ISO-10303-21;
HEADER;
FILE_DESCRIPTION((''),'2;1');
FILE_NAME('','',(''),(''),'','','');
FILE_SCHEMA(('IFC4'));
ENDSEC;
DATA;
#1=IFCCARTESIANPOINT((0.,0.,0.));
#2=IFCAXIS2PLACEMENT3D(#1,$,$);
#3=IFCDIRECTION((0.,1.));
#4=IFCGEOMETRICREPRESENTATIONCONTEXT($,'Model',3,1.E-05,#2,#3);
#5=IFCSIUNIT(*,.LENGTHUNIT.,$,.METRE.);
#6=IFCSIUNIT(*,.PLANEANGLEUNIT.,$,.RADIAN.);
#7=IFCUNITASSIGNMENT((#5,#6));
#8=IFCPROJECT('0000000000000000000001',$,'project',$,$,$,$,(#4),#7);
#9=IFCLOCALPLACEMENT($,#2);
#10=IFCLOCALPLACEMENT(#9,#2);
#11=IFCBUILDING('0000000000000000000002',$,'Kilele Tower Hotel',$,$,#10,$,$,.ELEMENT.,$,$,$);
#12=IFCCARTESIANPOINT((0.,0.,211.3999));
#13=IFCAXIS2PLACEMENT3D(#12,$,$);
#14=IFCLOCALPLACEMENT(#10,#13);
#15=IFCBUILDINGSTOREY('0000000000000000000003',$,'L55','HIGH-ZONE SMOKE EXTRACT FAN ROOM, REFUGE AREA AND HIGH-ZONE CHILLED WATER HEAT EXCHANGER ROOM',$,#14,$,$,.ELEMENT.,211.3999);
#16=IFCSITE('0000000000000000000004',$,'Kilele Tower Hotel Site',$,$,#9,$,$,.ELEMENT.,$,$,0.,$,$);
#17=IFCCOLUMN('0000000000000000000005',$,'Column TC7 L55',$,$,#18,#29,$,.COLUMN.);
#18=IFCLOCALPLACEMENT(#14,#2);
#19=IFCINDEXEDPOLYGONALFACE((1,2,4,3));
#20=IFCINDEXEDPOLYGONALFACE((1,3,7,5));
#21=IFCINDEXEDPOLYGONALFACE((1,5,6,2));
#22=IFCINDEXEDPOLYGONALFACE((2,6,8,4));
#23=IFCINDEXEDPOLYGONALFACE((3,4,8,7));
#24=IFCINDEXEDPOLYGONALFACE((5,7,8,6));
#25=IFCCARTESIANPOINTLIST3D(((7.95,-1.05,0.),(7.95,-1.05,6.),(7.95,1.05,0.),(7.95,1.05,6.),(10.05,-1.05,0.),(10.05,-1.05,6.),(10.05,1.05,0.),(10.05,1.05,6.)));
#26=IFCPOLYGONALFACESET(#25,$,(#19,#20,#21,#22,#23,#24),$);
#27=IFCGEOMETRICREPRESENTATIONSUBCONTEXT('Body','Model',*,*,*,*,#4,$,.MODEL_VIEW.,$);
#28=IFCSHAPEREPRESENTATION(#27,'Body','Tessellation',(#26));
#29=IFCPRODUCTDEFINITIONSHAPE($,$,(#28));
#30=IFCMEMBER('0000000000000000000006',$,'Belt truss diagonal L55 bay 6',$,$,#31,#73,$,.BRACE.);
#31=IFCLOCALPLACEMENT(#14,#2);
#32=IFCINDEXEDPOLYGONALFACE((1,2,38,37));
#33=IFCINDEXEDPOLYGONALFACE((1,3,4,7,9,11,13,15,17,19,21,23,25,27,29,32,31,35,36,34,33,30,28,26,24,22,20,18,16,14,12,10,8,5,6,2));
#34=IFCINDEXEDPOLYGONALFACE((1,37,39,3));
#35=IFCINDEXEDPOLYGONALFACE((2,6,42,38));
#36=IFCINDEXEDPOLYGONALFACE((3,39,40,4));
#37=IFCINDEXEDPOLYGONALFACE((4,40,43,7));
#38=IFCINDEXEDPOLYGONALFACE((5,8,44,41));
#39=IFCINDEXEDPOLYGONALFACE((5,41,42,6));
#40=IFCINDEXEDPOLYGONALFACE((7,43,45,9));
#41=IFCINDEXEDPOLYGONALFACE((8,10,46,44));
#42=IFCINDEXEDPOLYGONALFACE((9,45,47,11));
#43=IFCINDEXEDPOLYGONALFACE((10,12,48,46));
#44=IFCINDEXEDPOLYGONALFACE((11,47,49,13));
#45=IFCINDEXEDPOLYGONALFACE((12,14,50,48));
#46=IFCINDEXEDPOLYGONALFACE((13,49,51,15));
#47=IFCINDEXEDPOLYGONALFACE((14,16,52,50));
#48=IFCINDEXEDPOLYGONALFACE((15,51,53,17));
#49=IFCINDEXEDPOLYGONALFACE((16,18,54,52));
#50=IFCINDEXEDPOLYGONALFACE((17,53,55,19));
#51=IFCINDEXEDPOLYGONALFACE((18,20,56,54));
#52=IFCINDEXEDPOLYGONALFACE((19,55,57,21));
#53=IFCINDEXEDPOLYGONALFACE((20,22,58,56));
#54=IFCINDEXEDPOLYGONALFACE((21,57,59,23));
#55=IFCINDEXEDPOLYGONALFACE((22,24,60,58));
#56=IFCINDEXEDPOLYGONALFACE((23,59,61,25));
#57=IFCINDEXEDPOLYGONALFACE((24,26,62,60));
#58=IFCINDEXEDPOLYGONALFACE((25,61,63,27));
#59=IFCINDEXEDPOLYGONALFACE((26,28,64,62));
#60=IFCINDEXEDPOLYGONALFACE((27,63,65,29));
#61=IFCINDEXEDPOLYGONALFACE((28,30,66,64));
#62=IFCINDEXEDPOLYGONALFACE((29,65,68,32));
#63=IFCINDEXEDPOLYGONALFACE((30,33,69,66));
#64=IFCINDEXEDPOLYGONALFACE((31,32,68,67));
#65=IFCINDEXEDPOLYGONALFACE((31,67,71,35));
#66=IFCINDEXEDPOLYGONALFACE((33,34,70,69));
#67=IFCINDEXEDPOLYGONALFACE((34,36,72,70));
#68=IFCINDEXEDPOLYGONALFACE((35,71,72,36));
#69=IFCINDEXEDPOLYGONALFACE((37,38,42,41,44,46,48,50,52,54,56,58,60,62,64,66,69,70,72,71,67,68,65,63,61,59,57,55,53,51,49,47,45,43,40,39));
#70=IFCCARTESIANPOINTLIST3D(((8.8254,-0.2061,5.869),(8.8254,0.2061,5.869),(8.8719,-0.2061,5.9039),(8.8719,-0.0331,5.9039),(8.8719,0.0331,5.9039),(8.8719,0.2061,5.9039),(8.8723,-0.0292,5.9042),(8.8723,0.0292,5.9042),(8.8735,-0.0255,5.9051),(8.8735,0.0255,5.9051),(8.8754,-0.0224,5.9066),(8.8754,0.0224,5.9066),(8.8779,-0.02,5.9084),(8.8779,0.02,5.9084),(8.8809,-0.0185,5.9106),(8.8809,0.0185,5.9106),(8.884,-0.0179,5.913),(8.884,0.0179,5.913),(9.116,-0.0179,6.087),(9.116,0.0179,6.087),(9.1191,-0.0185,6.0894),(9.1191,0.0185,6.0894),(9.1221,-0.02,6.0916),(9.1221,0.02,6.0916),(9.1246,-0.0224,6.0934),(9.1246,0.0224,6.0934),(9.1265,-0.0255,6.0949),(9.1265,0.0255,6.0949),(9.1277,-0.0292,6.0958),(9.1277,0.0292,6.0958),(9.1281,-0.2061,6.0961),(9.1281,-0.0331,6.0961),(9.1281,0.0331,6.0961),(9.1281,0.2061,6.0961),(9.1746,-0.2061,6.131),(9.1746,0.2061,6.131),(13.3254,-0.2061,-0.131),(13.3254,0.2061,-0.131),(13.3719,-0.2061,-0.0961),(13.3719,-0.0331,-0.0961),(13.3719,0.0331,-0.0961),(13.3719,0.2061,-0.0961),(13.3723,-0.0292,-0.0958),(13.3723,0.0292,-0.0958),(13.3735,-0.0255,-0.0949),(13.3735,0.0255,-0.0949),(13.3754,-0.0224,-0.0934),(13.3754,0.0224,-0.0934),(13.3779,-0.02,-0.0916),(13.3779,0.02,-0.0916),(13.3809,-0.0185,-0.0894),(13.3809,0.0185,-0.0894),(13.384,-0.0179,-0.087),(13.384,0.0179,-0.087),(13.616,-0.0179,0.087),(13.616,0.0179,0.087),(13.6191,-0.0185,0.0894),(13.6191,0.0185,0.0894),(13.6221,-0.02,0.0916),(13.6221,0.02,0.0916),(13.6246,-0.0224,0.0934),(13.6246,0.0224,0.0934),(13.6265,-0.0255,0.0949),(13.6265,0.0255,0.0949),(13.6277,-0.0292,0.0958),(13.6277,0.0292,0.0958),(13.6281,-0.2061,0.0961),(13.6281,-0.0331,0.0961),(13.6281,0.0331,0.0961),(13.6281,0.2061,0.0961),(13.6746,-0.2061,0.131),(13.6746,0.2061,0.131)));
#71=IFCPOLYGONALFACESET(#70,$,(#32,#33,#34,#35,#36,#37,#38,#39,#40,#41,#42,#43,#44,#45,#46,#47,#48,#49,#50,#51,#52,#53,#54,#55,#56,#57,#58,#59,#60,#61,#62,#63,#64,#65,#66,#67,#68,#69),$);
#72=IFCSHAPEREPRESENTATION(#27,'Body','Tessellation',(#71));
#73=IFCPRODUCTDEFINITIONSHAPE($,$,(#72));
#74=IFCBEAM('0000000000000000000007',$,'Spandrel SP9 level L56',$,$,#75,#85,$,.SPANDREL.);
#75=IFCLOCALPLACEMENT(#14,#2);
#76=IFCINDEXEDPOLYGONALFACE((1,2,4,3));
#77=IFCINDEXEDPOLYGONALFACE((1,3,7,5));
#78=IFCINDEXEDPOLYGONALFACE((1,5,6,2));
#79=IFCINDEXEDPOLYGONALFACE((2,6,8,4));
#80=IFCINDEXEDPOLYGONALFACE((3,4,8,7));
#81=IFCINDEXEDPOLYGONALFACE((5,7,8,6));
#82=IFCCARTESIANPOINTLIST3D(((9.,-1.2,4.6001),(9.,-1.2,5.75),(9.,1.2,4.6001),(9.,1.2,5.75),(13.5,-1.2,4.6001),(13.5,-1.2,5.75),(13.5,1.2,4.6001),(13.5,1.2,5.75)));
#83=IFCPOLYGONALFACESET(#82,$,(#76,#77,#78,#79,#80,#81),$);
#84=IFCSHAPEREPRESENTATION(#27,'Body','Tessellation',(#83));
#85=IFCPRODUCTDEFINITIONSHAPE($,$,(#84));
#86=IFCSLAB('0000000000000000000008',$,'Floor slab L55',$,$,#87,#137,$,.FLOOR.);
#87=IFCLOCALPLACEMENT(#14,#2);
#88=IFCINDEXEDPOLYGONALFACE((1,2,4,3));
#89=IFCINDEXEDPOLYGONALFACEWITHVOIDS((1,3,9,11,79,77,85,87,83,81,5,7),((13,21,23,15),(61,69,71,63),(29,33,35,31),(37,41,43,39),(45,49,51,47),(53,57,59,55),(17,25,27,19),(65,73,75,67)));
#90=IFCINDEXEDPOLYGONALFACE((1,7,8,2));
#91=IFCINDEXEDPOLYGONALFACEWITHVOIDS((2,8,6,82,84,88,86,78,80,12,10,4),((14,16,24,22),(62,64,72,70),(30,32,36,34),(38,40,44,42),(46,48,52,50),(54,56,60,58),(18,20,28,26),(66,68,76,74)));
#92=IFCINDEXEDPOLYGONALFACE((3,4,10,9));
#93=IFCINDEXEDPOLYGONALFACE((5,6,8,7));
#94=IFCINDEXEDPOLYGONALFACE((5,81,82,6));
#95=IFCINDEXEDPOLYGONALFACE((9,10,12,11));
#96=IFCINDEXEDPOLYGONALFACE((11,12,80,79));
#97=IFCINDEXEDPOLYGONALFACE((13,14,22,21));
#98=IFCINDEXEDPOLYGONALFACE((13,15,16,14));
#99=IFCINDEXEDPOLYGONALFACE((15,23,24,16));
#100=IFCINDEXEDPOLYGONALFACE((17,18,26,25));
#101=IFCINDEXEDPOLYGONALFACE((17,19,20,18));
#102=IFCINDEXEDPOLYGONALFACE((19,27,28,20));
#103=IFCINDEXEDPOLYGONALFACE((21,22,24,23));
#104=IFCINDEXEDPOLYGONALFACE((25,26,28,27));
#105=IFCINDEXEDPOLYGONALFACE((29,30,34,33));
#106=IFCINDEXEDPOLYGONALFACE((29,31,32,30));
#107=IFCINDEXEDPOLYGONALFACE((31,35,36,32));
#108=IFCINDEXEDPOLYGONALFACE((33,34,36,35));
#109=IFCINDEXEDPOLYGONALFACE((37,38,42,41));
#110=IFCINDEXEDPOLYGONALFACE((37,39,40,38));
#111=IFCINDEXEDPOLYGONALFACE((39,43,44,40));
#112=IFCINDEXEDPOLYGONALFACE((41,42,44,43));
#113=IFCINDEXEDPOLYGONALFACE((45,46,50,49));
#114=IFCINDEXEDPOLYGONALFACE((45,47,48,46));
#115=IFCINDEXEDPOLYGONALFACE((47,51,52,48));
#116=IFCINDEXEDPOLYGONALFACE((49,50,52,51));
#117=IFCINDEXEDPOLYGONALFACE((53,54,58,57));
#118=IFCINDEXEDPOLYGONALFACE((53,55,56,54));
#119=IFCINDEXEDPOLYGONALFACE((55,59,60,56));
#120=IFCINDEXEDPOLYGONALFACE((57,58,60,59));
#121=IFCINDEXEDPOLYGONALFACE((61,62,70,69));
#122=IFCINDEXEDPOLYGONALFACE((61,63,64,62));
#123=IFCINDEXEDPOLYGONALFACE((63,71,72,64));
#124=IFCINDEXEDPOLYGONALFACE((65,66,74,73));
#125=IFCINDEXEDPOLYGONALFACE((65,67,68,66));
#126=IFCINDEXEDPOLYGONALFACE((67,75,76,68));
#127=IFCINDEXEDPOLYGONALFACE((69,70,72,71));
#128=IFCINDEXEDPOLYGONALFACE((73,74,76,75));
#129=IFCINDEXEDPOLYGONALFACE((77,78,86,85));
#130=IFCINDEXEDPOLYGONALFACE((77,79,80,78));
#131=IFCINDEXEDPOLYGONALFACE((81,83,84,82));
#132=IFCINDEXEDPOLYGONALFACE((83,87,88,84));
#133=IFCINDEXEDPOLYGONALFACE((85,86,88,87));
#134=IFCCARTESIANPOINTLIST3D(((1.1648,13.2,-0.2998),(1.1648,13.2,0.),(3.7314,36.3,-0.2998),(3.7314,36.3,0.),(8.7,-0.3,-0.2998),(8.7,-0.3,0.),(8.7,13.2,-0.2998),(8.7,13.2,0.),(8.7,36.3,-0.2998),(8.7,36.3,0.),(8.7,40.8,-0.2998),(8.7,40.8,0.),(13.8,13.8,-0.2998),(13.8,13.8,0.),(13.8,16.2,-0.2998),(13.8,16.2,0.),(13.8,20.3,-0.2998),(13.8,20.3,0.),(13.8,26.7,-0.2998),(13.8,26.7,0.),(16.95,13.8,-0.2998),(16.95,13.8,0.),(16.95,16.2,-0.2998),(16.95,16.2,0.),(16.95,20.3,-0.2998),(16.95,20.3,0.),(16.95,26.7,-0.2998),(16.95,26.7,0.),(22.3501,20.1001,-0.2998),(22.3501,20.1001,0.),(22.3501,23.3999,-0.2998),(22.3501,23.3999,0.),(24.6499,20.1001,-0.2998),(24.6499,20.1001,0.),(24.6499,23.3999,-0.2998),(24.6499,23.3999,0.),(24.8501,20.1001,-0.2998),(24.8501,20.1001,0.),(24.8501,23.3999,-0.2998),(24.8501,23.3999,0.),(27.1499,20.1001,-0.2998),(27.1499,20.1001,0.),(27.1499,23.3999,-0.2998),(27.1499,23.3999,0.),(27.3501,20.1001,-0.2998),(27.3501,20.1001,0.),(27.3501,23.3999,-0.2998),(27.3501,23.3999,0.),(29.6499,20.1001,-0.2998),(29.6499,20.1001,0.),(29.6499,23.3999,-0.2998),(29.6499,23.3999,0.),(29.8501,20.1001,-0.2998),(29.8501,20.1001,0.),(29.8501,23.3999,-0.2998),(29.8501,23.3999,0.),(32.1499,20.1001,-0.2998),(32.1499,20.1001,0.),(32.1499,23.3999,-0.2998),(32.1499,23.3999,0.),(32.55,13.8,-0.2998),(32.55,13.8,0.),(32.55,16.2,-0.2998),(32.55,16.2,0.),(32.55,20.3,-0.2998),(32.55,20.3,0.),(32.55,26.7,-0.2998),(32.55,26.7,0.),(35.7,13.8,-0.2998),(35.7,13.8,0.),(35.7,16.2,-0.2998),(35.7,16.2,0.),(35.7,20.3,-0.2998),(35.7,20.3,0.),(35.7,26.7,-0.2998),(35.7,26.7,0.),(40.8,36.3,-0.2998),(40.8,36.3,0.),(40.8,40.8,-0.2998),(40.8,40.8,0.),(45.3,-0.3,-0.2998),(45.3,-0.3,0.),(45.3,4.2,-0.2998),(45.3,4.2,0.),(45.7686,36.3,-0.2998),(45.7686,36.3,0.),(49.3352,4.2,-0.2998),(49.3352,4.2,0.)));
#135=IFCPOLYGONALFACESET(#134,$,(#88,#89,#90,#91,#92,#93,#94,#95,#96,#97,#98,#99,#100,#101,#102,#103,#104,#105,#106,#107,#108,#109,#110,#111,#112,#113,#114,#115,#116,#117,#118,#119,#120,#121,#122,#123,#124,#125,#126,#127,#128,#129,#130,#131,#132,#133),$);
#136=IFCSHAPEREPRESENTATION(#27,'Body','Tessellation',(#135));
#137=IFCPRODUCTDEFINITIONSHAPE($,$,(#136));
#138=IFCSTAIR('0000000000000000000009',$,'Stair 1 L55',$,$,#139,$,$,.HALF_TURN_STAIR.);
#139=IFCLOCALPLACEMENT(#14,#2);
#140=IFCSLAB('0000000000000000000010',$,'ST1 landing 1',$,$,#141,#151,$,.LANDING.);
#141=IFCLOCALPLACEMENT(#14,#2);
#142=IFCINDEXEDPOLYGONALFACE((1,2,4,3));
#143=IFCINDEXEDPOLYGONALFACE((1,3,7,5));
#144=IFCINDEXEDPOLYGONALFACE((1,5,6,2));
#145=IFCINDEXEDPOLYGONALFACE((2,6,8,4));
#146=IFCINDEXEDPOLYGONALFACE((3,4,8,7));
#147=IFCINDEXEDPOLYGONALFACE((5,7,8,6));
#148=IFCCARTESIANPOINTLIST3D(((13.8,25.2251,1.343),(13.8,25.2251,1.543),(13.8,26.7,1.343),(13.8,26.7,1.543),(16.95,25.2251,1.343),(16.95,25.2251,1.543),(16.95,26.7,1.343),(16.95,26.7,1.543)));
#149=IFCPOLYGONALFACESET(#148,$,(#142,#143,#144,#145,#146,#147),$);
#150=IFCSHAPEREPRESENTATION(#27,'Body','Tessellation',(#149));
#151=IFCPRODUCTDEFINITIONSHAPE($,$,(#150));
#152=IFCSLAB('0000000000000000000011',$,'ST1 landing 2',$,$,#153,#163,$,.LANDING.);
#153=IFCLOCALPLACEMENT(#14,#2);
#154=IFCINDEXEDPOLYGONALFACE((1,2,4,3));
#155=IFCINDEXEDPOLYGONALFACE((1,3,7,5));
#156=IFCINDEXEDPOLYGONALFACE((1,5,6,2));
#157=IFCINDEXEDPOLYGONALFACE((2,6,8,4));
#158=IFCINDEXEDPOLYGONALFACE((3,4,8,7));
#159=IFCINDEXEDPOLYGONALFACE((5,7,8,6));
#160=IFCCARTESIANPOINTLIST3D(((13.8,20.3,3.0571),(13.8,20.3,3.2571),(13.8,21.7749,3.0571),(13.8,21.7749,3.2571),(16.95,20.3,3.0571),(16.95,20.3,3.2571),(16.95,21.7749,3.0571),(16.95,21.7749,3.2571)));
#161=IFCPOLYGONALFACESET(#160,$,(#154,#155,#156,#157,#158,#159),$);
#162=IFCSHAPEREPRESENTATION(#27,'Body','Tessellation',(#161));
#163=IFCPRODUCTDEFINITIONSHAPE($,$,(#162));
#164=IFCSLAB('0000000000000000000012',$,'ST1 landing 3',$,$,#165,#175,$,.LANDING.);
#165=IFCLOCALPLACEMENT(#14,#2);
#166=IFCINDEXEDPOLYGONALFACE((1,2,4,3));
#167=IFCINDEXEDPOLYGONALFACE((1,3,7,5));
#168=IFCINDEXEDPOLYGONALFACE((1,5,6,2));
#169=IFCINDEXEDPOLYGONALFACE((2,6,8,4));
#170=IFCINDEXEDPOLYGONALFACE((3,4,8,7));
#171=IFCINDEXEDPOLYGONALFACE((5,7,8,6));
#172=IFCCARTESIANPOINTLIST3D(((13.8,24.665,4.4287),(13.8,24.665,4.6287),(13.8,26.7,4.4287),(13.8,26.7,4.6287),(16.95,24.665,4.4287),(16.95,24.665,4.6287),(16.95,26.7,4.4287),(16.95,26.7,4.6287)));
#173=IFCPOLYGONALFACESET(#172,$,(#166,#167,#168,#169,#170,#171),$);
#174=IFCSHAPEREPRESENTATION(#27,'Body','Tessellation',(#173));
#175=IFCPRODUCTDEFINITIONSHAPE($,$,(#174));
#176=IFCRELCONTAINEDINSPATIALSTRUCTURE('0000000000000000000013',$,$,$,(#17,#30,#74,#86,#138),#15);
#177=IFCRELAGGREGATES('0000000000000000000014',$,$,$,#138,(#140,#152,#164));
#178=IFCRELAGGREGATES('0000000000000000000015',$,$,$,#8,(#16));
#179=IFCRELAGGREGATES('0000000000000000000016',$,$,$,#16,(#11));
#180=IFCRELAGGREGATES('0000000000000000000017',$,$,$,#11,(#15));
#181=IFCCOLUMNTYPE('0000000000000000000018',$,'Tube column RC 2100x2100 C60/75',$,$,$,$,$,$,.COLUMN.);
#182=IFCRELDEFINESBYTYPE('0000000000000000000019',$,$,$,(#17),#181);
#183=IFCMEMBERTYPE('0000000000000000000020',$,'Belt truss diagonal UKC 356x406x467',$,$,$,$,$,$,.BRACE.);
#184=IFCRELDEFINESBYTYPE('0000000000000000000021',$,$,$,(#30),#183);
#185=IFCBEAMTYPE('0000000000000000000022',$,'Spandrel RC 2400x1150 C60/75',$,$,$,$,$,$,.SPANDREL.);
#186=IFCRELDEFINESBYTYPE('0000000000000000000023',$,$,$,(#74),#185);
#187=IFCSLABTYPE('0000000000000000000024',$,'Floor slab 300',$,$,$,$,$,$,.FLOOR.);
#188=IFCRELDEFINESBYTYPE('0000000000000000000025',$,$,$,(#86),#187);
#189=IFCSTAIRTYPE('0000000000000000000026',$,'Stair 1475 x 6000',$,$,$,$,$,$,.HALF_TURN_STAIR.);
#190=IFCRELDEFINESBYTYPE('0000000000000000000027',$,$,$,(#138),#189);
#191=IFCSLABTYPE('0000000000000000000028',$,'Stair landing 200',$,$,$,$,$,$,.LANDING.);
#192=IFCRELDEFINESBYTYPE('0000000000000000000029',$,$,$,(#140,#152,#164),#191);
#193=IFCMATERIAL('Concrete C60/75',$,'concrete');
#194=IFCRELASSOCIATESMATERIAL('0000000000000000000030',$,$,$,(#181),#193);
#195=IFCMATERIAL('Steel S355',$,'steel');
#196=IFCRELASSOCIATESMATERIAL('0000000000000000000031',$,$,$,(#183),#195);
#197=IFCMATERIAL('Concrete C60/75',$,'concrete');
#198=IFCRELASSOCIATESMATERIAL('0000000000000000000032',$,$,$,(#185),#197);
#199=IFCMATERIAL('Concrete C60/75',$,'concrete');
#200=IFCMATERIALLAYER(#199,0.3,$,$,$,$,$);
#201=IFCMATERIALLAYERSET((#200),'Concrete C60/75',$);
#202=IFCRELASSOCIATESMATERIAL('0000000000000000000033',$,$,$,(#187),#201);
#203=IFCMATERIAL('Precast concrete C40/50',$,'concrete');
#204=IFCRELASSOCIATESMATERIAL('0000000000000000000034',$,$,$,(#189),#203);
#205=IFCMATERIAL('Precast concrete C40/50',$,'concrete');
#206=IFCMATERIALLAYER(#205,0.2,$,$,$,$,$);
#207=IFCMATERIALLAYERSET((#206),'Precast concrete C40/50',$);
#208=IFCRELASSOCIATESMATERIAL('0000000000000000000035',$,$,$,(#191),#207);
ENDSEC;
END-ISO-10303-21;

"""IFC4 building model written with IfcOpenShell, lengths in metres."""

from ifc_helpers import new_model, si_unit, direction, frame, origin, origin_2d, place, context, subcontext, project, spatial, polyline, rectangle, i_section, outline, extrude, material, layer, layer_set, material_profile, profile_set, type_object, element, aggregate, save


model = new_model("IFC4")

# Units and contexts
model_context = context("Model", 3, precision=1e-05, world=origin(), true_north=direction((0.0, 1.0)))
body_context = subcontext(model_context, "Body", "Model", "MODEL_VIEW")
ifc_project = project(units=[si_unit("LENGTHUNIT", "METRE"), si_unit("PLANEANGLEUNIT", "RADIAN")], contexts=[model_context])

# Site, building, storey
site_placement = place(None, origin())
site = spatial("IfcSite", under=ifc_project, at=site_placement, Name="Kilele Tower Hotel Site", CompositionType="ELEMENT", RefElevation=0.0)
building_placement = place(site_placement, origin())
building = spatial("IfcBuilding", under=site, at=building_placement, Name="Kilele Tower Hotel", CompositionType="ELEMENT")
storey_placement = place(building_placement, frame((0.0, 0.0, 211.3999)))
storey = spatial("IfcBuildingStorey", under=building, at=storey_placement, Name="L55", Description="HIGH-ZONE SMOKE EXTRACT FAN ROOM, REFUGE AREA AND HIGH-ZONE CHILLED WATER HEAT EXCHANGER ROOM", CompositionType="ELEMENT", Elevation=211.3999)

# Column
ifc_material_1 = material(Name="Concrete C60/75", Category="concrete")
ifc_material_profile_1 = material_profile(ifc_material_1, rectangle(XDim=2.1001, YDim=2.1001, at=origin_2d()))
ifc_profile_set_1 = profile_set([ifc_material_profile_1], Name="Concrete C60/75")
column_type = type_object("IfcColumnType", Name="Tube column RC 2100x2100 C60/75", PredefinedType="COLUMN", material=ifc_profile_set_1)
column_placement = place(storey_placement, frame((9.0, 0.0, 0.0), z_axis=(0.0, 0.0, 1.0), x_axis=(1.0, 0.0, 0.0)))
element("IfcColumn", 1, at=column_placement, inside=storey, type_object=column_type, Name="Column TC7 L55", PredefinedType="COLUMN", context=body_context, shape_type="SweptSolid", body=[
    extrude(rectangle(XDim=2.1001, YDim=2.1001, at=origin_2d()), origin(), (0.0, 0.0, 1.0), 6.0),
])

# Member
ifc_material_2 = material(Name="Steel S355", Category="steel")
ifc_material_profile_2 = material_profile(ifc_material_2, i_section(OverallWidth=0.4121, OverallDepth=0.4365, WebThickness=0.0359, FlangeThickness=0.0581, FilletRadius=0.0151, at=origin_2d()))
ifc_profile_set_2 = profile_set([ifc_material_profile_2], Name="Steel S355")
member_type = type_object("IfcMemberType", Name="Belt truss diagonal UKC 356x406x467", PredefinedType="BRACE", material=ifc_profile_set_2)
member_placement = place(storey_placement, frame((9.0, 0.0, 6.0), z_axis=(0.6, 0.0, -0.8), x_axis=(0.0, 1.0, 0.0)))
element("IfcMember", 2, at=member_placement, inside=storey, type_object=member_type, Name="Belt truss diagonal L55 bay 6", PredefinedType="BRACE", context=body_context, shape_type="SweptSolid", body=[
    extrude(i_section(OverallWidth=0.4121, OverallDepth=0.4365, WebThickness=0.0359, FlangeThickness=0.0581, FilletRadius=0.0151, at=origin_2d()), origin(), (0.0, 0.0, 1.0), 7.5),
])

# Beam
ifc_material_3 = material(Name="Concrete C60/75", Category="concrete")
ifc_material_profile_3 = material_profile(ifc_material_3, rectangle(XDim=2.3999, YDim=1.1499, at=origin_2d()))
ifc_profile_set_3 = profile_set([ifc_material_profile_3], Name="Concrete C60/75")
beam_type = type_object("IfcBeamType", Name="Spandrel RC 2400x1150 C60/75", PredefinedType="SPANDREL", material=ifc_profile_set_3)
beam_placement = place(storey_placement, frame((9.0, 0.0, 5.175), z_axis=(1.0, 0.0, 0.0), x_axis=(0.0, 1.0, 0.0)))
element("IfcBeam", 3, at=beam_placement, inside=storey, type_object=beam_type, Name="Spandrel SP9 level L56", PredefinedType="SPANDREL", context=body_context, shape_type="SweptSolid", body=[
    extrude(rectangle(XDim=2.3999, YDim=1.1499, at=origin_2d()), origin(), (0.0, 0.0, 1.0), 4.5),
])

# Slab
ifc_material_4 = material(Name="Concrete C60/75", Category="concrete")
ifc_layer_1 = layer(ifc_material_4, 0.3)
ifc_layer_set_1 = layer_set([ifc_layer_1], Name="Concrete C60/75")
slab_type_1 = type_object("IfcSlabType", Name="Floor slab 300", PredefinedType="FLOOR", material=ifc_layer_set_1)
slab_1_placement = place(storey_placement, frame((0.0, 0.0, -0.2998)))
element("IfcSlab", 4, at=slab_1_placement, inside=storey, type_object=slab_type_1, Name="Floor slab L55", PredefinedType="FLOOR", context=body_context, shape_type="SweptSolid", body=[
    extrude(outline(polyline([(8.7, 36.3), (8.7, 40.8), (40.8, 40.8), (40.8, 36.3), (45.7686, 36.3), (49.3352, 4.2), (45.3, 4.2), (45.3, -0.3), (8.7, -0.3), (8.7, 13.2), (1.1648, 13.2), (3.7314, 36.3), (8.7, 36.3)]), holes=[polyline([(16.95, 16.2), (13.8, 16.2), (13.8, 13.8), (16.95, 13.8), (16.95, 16.2)]), polyline([(35.7, 16.2), (32.55, 16.2), (32.55, 13.8), (35.7, 13.8), (35.7, 16.2)]), polyline([(24.6499, 23.3999), (22.3501, 23.3999), (22.3501, 20.1001), (24.6499, 20.1001), (24.6499, 23.3999)]), polyline([(27.1499, 23.3999), (24.8501, 23.3999), (24.8501, 20.1001), (27.1499, 20.1001), (27.1499, 23.3999)]), polyline([(29.6499, 23.3999), (27.3501, 23.3999), (27.3501, 20.1001), (29.6499, 20.1001), (29.6499, 23.3999)]), polyline([(32.1499, 23.3999), (29.8501, 23.3999), (29.8501, 20.1001), (32.1499, 20.1001), (32.1499, 23.3999)]), polyline([(16.95, 26.7), (13.8, 26.7), (13.8, 20.3), (16.95, 20.3), (16.95, 26.7)]), polyline([(35.7, 26.7), (32.55, 26.7), (32.55, 20.3), (35.7, 20.3), (35.7, 26.7)])]), origin(), (0.0, 0.0, 1.0), 0.2998),
])

# Stair, slabs
ifc_material_5 = material(Name="Precast concrete C40/50", Category="concrete")
stair_type = type_object("IfcStairType", Name="Stair 1475 x 6000", PredefinedType="HALF_TURN_STAIR", material=ifc_material_5)
stair_1_placement = place(storey_placement, origin())
stair_1 = element("IfcStair", 5, at=stair_1_placement, inside=storey, type_object=stair_type, Name="Stair 1 L55", PredefinedType="HALF_TURN_STAIR")
ifc_material_6 = material(Name="Precast concrete C40/50", Category="concrete")
ifc_layer_2 = layer(ifc_material_6, 0.2)
ifc_layer_set_2 = layer_set([ifc_layer_2], Name="Precast concrete C40/50")
slab_type_2 = type_object("IfcSlabType", Name="Stair landing 200", PredefinedType="LANDING", material=ifc_layer_set_2)
slab_2_placement = place(storey_placement, frame((0.0, 0.0, 1.343)))
slab_2 = element("IfcSlab", 6, at=slab_2_placement, type_object=slab_type_2, Name="ST1 landing 1", PredefinedType="LANDING", context=body_context, shape_type="SweptSolid", body=[
    extrude(outline(polyline([(13.8, 25.2251), (16.95, 25.2251), (16.95, 26.7), (13.8, 26.7), (13.8, 25.2251)])), origin(), (0.0, 0.0, 1.0), 0.2),
])
slab_3_placement = place(storey_placement, frame((0.0, 0.0, 3.0571)))
slab_3 = element("IfcSlab", 7, at=slab_3_placement, type_object=slab_type_2, Name="ST1 landing 2", PredefinedType="LANDING", context=body_context, shape_type="SweptSolid", body=[
    extrude(outline(polyline([(13.8, 20.3), (16.95, 20.3), (16.95, 21.7749), (13.8, 21.7749), (13.8, 20.3)])), origin(), (0.0, 0.0, 1.0), 0.2),
])
slab_4_placement = place(storey_placement, frame((0.0, 0.0, 4.4287)))
slab_4 = element("IfcSlab", 8, at=slab_4_placement, type_object=slab_type_2, Name="ST1 landing 3", PredefinedType="LANDING", context=body_context, shape_type="SweptSolid", body=[
    extrude(outline(polyline([(13.8, 24.665), (16.95, 24.665), (16.95, 26.7), (13.8, 26.7), (13.8, 24.665)])), origin(), (0.0, 0.0, 1.0), 0.2),
])
aggregate(stair_1, [slab_2, slab_3, slab_4])

save(model, "model.ifc")
